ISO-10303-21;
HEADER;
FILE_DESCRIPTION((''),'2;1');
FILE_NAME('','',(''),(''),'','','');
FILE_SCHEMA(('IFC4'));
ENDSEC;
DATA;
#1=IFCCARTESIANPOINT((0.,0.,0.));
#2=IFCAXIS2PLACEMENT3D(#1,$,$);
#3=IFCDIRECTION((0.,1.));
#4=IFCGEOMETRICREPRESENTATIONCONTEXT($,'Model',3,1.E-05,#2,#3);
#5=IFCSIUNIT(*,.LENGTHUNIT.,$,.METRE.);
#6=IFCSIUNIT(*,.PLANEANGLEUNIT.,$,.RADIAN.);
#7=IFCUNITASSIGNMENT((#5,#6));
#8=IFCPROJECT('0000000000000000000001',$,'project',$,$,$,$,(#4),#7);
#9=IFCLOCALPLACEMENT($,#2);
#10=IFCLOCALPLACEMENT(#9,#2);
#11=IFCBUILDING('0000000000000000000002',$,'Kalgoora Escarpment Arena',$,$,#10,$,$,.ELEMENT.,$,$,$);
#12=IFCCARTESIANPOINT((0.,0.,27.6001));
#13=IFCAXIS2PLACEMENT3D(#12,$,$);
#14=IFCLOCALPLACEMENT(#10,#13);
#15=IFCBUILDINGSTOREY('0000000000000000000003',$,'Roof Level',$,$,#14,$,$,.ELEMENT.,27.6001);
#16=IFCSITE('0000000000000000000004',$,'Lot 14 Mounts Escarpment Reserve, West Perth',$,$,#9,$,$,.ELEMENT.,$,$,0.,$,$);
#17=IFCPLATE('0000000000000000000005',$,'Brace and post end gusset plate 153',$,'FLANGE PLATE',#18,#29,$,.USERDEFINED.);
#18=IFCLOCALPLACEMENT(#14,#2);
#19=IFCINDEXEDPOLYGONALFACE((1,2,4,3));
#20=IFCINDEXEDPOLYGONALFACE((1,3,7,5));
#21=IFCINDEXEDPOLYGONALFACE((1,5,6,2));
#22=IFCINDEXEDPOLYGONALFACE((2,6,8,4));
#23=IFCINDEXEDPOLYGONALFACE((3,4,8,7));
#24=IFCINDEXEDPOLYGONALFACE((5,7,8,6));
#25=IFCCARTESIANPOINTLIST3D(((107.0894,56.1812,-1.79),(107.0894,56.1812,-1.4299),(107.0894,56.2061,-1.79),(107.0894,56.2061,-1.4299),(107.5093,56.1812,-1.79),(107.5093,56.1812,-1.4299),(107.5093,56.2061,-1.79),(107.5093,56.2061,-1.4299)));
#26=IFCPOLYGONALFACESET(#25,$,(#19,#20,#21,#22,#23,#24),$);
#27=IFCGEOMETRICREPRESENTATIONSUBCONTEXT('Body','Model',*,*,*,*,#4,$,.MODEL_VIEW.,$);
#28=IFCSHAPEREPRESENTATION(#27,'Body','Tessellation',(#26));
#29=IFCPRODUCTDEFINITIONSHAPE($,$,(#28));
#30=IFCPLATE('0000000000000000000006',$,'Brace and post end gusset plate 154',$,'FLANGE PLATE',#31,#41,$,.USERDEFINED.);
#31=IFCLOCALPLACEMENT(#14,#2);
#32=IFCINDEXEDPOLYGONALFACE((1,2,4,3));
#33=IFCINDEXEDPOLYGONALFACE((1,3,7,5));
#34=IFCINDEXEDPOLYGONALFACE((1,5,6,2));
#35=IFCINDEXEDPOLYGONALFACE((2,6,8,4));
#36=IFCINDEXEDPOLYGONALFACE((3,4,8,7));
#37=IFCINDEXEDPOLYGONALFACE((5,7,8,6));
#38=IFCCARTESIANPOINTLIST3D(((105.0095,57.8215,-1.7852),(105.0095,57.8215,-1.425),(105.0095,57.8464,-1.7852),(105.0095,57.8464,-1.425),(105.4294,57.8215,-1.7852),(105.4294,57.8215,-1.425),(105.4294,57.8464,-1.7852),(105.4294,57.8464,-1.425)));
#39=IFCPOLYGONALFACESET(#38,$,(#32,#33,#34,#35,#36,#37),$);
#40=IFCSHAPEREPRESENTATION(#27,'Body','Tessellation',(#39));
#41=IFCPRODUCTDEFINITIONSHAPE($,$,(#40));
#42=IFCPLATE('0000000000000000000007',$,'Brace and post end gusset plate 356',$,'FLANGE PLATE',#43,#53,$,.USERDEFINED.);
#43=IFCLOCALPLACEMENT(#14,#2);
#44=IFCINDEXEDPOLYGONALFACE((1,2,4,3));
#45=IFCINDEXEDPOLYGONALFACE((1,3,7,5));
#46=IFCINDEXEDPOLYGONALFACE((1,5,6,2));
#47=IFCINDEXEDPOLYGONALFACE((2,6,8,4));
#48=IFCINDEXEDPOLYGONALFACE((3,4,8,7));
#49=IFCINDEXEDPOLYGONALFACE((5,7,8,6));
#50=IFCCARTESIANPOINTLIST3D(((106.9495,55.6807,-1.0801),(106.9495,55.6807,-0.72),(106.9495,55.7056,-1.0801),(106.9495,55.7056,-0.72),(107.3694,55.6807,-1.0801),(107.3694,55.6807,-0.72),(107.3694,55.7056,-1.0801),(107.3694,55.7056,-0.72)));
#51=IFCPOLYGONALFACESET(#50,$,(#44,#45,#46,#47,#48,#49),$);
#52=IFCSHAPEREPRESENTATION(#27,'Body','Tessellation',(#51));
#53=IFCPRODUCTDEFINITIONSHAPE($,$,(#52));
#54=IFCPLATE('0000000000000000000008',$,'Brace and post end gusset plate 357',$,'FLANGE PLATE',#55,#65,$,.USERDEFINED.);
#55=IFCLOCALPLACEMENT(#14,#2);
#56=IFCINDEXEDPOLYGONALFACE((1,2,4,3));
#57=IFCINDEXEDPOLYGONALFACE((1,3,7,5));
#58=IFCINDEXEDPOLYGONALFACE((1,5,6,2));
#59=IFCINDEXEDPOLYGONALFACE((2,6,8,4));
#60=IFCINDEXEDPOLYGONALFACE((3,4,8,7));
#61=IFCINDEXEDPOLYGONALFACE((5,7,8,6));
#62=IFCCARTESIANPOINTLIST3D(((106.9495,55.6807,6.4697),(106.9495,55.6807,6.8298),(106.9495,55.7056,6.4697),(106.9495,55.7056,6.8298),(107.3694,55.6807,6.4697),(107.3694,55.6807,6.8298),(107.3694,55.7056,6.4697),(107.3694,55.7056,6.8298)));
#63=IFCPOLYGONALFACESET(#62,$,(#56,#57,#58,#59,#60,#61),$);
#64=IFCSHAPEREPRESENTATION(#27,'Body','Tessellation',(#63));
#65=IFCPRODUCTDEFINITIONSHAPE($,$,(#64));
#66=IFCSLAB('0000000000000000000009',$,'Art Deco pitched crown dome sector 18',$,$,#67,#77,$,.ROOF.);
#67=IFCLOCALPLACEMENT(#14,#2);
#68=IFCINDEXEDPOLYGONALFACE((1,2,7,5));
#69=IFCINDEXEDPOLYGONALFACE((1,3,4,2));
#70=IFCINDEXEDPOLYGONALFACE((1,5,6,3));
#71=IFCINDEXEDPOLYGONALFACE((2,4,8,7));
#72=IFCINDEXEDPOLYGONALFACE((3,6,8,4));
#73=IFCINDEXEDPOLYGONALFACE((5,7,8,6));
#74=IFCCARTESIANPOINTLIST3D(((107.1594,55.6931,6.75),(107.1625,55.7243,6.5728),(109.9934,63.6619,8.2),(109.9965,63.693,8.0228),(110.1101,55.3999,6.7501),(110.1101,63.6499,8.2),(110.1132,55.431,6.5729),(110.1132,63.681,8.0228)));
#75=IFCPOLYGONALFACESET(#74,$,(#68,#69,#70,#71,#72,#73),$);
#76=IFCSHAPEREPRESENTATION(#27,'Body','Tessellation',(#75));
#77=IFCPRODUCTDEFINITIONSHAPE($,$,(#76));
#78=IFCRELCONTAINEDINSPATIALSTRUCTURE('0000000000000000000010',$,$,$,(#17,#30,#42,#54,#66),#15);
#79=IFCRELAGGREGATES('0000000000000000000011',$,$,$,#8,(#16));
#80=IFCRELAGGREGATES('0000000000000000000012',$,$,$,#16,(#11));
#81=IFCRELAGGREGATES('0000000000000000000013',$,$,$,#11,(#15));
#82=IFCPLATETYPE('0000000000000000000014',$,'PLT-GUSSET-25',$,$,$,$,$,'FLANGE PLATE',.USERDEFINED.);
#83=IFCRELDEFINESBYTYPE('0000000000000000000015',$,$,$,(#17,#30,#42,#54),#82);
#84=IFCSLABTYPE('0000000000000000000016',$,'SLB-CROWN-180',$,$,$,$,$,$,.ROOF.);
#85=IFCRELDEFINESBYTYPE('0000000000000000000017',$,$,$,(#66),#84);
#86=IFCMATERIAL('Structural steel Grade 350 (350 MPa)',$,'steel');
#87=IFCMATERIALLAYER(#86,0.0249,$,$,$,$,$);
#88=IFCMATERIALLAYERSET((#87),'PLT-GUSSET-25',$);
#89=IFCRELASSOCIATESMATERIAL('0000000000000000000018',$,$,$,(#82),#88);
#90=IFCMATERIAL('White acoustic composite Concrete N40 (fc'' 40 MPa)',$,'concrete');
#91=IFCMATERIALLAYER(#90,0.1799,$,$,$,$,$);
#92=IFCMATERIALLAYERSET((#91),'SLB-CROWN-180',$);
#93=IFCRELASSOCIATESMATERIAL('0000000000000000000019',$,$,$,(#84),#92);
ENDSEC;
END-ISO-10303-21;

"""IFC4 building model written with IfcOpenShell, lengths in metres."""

from ifc_helpers import new_model, si_unit, direction, frame, origin, origin_2d, place, context, subcontext, project, spatial, polyline, rectangle, outline, extrude, material, layer, layer_set, type_object, element, save


model = new_model("IFC4")

# Units and contexts
model_context = context("Model", 3, precision=1e-05, world=origin(), true_north=direction((0.0, 1.0)))
body_context = subcontext(model_context, "Body", "Model", "MODEL_VIEW")
ifc_project = project(units=[si_unit("LENGTHUNIT", "METRE"), si_unit("PLANEANGLEUNIT", "RADIAN")], contexts=[model_context])

# Site, building, storey
site_placement = place(None, origin())
site = spatial("IfcSite", under=ifc_project, at=site_placement, Name="Lot 14 Mounts Escarpment Reserve, West Perth", CompositionType="ELEMENT", RefElevation=0.0)
building_placement = place(site_placement, origin())
building = spatial("IfcBuilding", under=site, at=building_placement, Name="Kalgoora Escarpment Arena", CompositionType="ELEMENT")
storey_placement = place(building_placement, frame((0.0, 0.0, 27.6001)))
storey = spatial("IfcBuildingStorey", under=building, at=storey_placement, Name="Roof Level", CompositionType="ELEMENT", Elevation=27.6001)

# Plates
ifc_material_1 = material(Name="Structural steel Grade 350 (350 MPa)", Category="steel")
ifc_layer_1 = layer(ifc_material_1, 0.0249)
ifc_layer_set_1 = layer_set([ifc_layer_1], Name="PLT-GUSSET-25")
plate_type = type_object("IfcPlateType", Name="PLT-GUSSET-25", ElementType="FLANGE PLATE", PredefinedType="USERDEFINED", material=ifc_layer_set_1)
for number, where, z_axis, x_axis, name in (
    (1, (107.2993, 56.1936, -1.79), (0.0, 0.0, 1.0), (1.0, 0.0, 0.0), "Brace and post end gusset plate 153"),
    (2, (105.2195, 57.834, -1.7852), (0.0, 0.0, 1.0), (1.0, 0.0, 0.0), "Brace and post end gusset plate 154"),
    (3, (107.1594, 55.6931, -1.0801), (0.0, 0.0, 1.0), (1.0, 0.0, 0.0), "Brace and post end gusset plate 356"),
    (4, (107.1594, 55.6931, 6.4697), (0.0, 0.0, 1.0), (1.0, 0.0, 0.0), "Brace and post end gusset plate 357"),
):
    element("IfcPlate", number, at=place(storey_placement, frame(where, z_axis=z_axis, x_axis=x_axis)), inside=storey, type_object=plate_type, Name=name, ObjectType="FLANGE PLATE", PredefinedType="USERDEFINED", context=body_context, shape_type="SweptSolid", body=[
        extrude(rectangle(XDim=0.4199, YDim=0.0249, at=origin_2d()), origin(), (0.0, 0.0, 1.0), 0.3601),
    ])

# Slab
ifc_material_2 = material(Name="White acoustic composite Concrete N40 (fc' 40 MPa)", Category="concrete")
ifc_layer_2 = layer(ifc_material_2, 0.1799)
ifc_layer_set_2 = layer_set([ifc_layer_2], Name="SLB-CROWN-180")
slab_type = type_object("IfcSlabType", Name="SLB-CROWN-180", PredefinedType="ROOF", material=ifc_layer_set_2)
slab_placement = place(storey_placement, frame((107.1594, 55.6931, 6.75), z_axis=(-0.017218, -0.173066, 0.98476), x_axis=(0.995099, -0.098888, 0.00002)))
element("IfcSlab", 5, at=slab_placement, inside=storey, type_object=slab_type, Name="Art Deco pitched crown dome sector 18", PredefinedType="ROOF", context=body_context, shape_type="SweptSolid", body=[
    extrude(outline(polyline([(0.0, 0.0), (2.9652, 0.0), (2.1494, 8.3366), (2.0321, 8.337), (0.0, 0.0)])), origin(), (0.0, 0.0, -1.0), 0.1799),
])

save(model, "model.ifc")
